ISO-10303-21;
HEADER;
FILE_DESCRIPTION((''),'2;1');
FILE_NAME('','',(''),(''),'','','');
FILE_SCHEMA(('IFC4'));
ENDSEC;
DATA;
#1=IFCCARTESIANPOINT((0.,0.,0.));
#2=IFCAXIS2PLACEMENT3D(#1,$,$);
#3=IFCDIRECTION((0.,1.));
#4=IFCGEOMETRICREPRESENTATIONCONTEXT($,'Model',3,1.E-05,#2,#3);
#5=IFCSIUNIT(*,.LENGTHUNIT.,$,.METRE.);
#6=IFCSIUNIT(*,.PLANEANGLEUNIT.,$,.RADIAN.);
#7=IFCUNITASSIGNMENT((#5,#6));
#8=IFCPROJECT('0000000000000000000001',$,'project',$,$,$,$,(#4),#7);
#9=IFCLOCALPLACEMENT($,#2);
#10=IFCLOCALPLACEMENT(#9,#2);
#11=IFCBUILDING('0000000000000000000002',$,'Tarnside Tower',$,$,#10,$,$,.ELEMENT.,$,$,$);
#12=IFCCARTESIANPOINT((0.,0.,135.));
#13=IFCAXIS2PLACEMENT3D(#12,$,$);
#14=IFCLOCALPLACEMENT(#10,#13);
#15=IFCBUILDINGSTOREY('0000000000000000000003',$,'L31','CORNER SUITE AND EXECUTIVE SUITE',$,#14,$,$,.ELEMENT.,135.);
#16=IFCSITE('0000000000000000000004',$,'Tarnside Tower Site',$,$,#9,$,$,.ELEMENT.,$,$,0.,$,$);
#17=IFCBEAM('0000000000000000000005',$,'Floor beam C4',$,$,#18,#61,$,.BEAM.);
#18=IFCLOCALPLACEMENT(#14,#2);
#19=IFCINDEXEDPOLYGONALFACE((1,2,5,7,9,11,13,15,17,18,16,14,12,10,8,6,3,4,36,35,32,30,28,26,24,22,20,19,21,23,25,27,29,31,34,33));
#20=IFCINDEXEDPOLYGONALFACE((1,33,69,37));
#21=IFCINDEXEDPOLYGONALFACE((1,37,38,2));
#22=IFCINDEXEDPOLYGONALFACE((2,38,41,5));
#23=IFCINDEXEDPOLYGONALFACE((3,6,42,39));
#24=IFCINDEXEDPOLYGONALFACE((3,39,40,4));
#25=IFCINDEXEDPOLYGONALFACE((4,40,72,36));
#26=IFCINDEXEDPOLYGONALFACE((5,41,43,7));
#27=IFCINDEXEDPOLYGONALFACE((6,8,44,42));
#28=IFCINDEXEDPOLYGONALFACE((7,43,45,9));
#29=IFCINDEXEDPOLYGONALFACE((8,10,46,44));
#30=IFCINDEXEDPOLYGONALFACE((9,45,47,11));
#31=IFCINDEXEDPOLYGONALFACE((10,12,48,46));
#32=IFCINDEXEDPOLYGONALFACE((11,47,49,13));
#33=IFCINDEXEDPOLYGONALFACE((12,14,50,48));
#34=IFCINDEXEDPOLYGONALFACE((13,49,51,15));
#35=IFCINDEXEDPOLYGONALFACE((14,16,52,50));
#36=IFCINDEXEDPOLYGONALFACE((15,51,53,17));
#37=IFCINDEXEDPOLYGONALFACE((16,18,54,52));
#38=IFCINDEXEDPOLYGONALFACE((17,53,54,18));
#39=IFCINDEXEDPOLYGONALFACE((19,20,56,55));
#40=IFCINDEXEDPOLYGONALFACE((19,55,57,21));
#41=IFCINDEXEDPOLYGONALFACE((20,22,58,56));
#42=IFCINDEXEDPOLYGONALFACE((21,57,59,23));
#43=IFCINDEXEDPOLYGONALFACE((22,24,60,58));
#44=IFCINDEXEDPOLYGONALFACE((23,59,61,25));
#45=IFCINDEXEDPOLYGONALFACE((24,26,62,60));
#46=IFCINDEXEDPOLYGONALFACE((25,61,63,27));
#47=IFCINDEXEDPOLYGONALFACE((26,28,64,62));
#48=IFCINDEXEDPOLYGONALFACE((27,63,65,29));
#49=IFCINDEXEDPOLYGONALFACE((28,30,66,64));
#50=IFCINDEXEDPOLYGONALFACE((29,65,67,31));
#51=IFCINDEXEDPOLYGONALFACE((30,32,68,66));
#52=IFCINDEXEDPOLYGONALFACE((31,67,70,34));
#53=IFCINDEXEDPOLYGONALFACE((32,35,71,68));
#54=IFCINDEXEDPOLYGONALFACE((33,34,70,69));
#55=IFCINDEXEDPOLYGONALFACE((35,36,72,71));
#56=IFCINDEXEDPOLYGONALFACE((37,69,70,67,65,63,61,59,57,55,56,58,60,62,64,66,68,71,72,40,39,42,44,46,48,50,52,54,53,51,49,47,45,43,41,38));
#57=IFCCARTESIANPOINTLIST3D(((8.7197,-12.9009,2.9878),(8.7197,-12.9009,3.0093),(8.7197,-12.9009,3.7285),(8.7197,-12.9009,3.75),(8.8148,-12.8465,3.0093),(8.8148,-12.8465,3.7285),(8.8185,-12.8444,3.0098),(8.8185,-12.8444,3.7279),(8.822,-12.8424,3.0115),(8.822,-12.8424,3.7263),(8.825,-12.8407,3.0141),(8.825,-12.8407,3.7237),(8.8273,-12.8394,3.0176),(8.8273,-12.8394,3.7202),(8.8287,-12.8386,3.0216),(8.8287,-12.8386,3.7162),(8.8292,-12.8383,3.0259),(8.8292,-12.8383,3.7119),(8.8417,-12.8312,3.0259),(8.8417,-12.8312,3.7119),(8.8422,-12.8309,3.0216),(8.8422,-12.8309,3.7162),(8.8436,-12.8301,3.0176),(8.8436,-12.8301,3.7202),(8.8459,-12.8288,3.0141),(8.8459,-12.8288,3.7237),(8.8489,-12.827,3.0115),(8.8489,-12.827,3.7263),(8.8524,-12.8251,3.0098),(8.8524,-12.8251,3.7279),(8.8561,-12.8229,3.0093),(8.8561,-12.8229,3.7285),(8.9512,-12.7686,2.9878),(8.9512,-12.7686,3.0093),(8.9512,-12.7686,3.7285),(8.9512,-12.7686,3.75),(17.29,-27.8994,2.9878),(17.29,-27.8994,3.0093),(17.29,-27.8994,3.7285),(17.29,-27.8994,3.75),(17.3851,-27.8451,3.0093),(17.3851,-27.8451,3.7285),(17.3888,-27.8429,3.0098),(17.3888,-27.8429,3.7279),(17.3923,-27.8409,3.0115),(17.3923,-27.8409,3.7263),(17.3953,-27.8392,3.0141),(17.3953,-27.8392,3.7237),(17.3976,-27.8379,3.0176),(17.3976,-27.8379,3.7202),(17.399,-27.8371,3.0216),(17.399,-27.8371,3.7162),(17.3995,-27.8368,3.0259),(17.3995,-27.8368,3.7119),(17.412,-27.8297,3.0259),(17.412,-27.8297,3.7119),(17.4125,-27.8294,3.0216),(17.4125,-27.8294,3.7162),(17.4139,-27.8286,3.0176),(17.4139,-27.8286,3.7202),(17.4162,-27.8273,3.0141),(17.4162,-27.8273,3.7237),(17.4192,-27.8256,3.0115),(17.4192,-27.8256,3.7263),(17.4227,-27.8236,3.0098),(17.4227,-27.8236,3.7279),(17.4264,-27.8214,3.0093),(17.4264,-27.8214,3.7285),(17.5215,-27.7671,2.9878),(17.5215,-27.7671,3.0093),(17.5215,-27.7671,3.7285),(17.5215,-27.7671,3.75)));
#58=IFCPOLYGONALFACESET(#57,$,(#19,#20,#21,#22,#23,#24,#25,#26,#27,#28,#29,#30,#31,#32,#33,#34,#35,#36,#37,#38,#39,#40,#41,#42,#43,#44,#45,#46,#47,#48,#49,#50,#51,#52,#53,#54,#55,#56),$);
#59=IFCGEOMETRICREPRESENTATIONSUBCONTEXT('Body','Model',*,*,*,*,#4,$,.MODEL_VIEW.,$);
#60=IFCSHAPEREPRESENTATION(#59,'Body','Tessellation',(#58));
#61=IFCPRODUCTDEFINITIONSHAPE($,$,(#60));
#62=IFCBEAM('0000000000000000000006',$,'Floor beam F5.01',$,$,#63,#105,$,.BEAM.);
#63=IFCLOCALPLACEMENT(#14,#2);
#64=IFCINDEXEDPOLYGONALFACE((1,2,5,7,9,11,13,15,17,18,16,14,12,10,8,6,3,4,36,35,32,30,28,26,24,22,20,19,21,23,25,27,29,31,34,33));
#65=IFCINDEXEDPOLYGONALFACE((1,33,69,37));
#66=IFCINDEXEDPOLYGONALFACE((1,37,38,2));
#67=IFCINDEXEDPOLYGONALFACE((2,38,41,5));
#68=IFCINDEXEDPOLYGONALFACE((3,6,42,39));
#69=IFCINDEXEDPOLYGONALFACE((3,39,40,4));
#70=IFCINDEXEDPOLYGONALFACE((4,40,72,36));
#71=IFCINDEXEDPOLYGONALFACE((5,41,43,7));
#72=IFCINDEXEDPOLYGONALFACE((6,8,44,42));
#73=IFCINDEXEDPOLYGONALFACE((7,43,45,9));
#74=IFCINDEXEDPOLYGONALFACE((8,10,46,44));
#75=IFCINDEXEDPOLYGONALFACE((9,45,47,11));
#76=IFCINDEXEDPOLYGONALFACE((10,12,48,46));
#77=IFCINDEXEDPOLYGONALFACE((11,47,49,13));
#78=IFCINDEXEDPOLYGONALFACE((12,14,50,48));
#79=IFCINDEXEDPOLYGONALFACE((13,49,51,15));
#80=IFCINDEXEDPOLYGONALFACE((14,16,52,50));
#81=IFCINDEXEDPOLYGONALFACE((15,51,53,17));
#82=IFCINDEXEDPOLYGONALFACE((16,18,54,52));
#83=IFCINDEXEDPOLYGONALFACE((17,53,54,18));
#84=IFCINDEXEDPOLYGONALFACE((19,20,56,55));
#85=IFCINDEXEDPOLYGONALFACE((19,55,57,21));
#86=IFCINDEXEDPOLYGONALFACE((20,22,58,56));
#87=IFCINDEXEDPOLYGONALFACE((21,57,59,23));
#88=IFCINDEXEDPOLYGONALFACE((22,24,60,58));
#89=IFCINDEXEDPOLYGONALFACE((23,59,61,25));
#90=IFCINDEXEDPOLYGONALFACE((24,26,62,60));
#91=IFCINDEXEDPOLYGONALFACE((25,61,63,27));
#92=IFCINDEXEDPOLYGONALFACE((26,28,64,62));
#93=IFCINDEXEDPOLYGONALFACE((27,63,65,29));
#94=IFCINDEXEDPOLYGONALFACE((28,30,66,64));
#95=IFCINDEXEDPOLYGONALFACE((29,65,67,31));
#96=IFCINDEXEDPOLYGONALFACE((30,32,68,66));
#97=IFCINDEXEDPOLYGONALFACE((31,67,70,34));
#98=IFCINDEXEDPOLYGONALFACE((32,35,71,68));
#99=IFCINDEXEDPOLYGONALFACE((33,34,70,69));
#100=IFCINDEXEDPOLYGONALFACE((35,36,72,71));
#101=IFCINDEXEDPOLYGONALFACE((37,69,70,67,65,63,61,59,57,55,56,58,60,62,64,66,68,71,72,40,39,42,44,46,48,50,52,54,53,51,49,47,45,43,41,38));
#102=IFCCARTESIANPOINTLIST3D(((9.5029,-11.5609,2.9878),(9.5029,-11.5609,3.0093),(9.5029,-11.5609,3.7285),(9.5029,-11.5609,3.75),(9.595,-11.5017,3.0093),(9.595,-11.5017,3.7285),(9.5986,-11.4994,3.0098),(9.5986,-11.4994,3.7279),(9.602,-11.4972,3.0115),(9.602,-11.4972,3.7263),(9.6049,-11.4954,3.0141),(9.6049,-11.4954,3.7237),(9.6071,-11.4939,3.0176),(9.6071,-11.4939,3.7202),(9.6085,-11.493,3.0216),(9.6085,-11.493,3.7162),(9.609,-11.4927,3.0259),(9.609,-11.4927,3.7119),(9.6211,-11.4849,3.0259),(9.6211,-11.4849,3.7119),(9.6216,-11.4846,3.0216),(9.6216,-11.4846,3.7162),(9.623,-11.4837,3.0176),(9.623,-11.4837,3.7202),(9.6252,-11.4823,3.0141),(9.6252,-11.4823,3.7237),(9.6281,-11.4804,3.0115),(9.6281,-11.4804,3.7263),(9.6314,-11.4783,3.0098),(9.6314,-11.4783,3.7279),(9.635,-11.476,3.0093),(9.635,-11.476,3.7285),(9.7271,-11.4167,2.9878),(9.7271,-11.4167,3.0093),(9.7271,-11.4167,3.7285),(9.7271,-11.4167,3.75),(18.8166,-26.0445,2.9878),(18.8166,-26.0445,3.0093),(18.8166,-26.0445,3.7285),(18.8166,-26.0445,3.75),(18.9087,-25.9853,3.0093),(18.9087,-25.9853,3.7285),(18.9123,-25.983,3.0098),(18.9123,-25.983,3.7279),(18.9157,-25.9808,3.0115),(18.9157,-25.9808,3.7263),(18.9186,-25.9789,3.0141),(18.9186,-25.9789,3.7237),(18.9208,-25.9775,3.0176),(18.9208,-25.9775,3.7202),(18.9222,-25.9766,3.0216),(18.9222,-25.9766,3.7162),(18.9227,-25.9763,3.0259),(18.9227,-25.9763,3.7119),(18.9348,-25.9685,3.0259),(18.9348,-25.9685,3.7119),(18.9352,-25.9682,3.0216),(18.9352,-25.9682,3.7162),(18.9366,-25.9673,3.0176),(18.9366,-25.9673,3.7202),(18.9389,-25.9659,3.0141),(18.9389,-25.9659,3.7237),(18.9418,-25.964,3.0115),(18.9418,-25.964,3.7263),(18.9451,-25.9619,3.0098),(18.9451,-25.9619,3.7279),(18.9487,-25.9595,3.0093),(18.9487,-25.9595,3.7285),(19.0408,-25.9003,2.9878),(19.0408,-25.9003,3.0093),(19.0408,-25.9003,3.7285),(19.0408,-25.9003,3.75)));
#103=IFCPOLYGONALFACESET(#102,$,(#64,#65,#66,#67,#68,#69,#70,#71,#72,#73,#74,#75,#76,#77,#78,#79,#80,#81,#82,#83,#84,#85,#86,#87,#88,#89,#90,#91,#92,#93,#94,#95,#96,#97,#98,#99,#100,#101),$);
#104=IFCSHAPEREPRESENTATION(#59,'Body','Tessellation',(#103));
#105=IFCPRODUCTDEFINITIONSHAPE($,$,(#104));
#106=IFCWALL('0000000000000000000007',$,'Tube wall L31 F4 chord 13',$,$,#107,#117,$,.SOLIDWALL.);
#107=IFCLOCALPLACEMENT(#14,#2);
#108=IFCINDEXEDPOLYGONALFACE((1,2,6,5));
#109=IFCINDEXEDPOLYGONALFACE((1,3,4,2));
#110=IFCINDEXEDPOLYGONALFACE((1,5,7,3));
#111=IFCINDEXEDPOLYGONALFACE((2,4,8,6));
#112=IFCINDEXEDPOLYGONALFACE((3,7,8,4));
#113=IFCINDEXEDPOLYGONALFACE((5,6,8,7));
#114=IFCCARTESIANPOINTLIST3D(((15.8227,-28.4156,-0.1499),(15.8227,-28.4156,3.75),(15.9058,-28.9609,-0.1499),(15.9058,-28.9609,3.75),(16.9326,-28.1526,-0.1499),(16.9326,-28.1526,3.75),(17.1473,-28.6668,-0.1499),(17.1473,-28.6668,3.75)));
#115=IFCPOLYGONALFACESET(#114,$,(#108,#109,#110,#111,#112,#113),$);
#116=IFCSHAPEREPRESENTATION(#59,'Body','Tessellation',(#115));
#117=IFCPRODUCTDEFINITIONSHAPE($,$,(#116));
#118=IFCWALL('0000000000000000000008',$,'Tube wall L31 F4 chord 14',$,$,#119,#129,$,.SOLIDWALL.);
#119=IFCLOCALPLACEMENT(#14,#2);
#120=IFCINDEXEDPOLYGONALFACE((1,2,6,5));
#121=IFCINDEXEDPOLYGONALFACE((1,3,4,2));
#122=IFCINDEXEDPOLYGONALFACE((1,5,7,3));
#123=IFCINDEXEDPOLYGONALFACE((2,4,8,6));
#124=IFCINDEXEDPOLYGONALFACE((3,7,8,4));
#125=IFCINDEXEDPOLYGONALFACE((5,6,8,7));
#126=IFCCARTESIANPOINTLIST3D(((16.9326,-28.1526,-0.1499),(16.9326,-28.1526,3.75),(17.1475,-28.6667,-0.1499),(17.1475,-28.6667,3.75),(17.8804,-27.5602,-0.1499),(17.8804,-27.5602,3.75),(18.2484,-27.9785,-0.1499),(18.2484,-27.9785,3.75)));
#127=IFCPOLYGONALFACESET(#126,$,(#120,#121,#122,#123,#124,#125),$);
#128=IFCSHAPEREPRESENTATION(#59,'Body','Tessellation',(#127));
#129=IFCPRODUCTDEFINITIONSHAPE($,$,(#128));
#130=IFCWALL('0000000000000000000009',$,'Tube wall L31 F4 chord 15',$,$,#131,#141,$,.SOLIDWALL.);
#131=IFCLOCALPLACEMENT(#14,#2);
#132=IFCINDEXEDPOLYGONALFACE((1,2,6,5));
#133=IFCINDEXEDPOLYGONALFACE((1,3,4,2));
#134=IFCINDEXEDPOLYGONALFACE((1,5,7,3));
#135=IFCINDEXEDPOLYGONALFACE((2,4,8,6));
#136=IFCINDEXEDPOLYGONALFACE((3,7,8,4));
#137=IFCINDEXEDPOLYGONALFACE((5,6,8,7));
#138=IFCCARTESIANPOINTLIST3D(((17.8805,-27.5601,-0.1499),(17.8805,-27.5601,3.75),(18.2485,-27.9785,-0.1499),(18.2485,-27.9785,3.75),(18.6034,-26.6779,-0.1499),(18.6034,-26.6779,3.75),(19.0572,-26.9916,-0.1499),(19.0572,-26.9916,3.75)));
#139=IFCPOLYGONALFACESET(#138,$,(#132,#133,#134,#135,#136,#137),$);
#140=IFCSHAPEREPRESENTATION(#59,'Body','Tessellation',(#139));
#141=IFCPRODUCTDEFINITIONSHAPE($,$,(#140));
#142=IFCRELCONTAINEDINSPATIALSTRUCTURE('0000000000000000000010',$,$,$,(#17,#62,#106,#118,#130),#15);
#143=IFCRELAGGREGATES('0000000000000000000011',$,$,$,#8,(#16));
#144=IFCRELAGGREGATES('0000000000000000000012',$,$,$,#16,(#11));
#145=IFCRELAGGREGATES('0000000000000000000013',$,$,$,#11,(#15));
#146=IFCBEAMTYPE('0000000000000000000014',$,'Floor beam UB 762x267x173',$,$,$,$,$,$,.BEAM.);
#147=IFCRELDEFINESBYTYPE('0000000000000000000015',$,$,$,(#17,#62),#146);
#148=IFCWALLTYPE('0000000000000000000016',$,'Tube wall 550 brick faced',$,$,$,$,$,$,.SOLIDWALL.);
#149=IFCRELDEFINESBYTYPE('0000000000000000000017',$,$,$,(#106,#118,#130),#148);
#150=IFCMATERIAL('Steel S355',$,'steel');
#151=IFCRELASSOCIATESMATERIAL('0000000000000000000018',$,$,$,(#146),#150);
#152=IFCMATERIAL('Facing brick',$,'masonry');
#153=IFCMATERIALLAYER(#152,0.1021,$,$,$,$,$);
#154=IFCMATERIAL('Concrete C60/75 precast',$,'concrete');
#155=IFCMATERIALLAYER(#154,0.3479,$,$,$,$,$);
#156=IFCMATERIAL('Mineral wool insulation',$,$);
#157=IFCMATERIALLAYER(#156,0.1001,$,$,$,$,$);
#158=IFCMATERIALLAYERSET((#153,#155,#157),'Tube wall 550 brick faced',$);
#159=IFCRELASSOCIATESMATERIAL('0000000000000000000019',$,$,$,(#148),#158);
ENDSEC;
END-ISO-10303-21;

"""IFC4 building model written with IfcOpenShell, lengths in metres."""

from ifc_helpers import new_model, si_unit, direction, frame, origin, origin_2d, place, context, subcontext, project, spatial, polyline, i_section, outline, extrude, material, layer, layer_set, material_profile, profile_set, type_object, element, save


model = new_model("IFC4")

# Units and contexts
model_context = context("Model", 3, precision=1e-05, world=origin(), true_north=direction((0.0, 1.0)))
body_context = subcontext(model_context, "Body", "Model", "MODEL_VIEW")
ifc_project = project(units=[si_unit("LENGTHUNIT", "METRE"), si_unit("PLANEANGLEUNIT", "RADIAN")], contexts=[model_context])

# Site, building, storey
site_placement = place(None, origin())
site = spatial("IfcSite", under=ifc_project, at=site_placement, Name="Tarnside Tower Site", CompositionType="ELEMENT", RefElevation=0.0)
building_placement = place(site_placement, origin())
building = spatial("IfcBuilding", under=site, at=building_placement, Name="Tarnside Tower", CompositionType="ELEMENT")
storey_placement = place(building_placement, frame((0.0, 0.0, 135.0)))
storey = spatial("IfcBuildingStorey", under=building, at=storey_placement, Name="L31", Description="CORNER SUITE AND EXECUTIVE SUITE", CompositionType="ELEMENT", Elevation=135.0)

# Beams
ifc_material_1 = material(Name="Steel S355", Category="steel")
ifc_material_profile = material_profile(ifc_material_1, i_section(OverallWidth=0.2666, OverallDepth=0.7622, WebThickness=0.0144, FlangeThickness=0.0215, FilletRadius=0.0166, at=origin_2d()), Name="UB 762x267x173")
ifc_profile_set = profile_set([ifc_material_profile], Name="Steel S355")
beam_type = type_object("IfcBeamType", Name="Floor beam UB 762x267x173", PredefinedType="BEAM", material=ifc_profile_set)
beam_1_placement = place(storey_placement, frame((17.4058, -27.8333, 3.3689), z_axis=(-0.496127, 0.86825, 0.0), x_axis=(-0.86825, -0.496127, 0.0)))
element("IfcBeam", 1, at=beam_1_placement, inside=storey, type_object=beam_type, Name="Floor beam C4", PredefinedType="BEAM", context=body_context, shape_type="SweptSolid", body=[
    extrude(i_section(OverallWidth=0.2666, OverallDepth=0.7622, WebThickness=0.0144, FlangeThickness=0.0215, FilletRadius=0.0166, at=origin_2d()), origin(), (0.0, 0.0, 1.0), 17.2744),
])
beam_2_placement = place(storey_placement, frame((18.9287, -25.9724, 3.3689), z_axis=(-0.540873, 0.841104, 0.0), x_axis=(-0.841104, -0.540873, 0.0)))
element("IfcBeam", 2, at=beam_2_placement, inside=storey, type_object=beam_type, Name="Floor beam F5.01", PredefinedType="BEAM", context=body_context, shape_type="SweptSolid", body=[
    extrude(i_section(OverallWidth=0.2666, OverallDepth=0.7622, WebThickness=0.0144, FlangeThickness=0.0215, FilletRadius=0.0166, at=origin_2d()), origin(), (0.0, 0.0, 1.0), 17.2197),
])

# Walls
ifc_material_2 = material(Name="Facing brick", Category="masonry")
ifc_layer_1 = layer(ifc_material_2, 0.1021)
ifc_material_3 = material(Name="Concrete C60/75 precast", Category="concrete")
ifc_layer_2 = layer(ifc_material_3, 0.3479)
ifc_material_4 = material(Name="Mineral wool insulation")
ifc_layer_3 = layer(ifc_material_4, 0.1001)
ifc_layer_set_1 = layer_set([ifc_layer_1, ifc_layer_2, ifc_layer_3], Name="Tube wall 550 brick faced")
wall_type = type_object("IfcWallType", Name="Tube wall 550 brick faced", PredefinedType="SOLIDWALL", material=ifc_layer_set_1)
wall_1_placement = place(storey_placement, frame((15.8643, -28.6882, -0.1499), z_axis=(0.0, 0.0, 1.0), x_axis=(0.973064, 0.230537, 0.0)))
element("IfcWall", 3, at=wall_1_placement, inside=storey, type_object=wall_type, Name="Tube wall L31 F4 chord 13", PredefinedType="SOLIDWALL", context=body_context, shape_type="SweptSolid", body=[
    extrude(outline(polyline([(-0.0225, -0.2749), (1.2534, -0.2749), (1.1631, 0.2749), (0.0225, 0.2749), (-0.0225, -0.2749)])), origin(), (0.0, 0.0, 1.0), 3.8999),
])
wall_2_placement = place(storey_placement, frame((17.04, -28.4097, -0.1499), z_axis=(0.0, 0.0, 1.0), x_axis=(0.847953, 0.530072, 0.0)))
element("IfcWall", 4, at=wall_2_placement, inside=storey, type_object=wall_type, Name="Tube wall L31 F4 chord 14", PredefinedType="SOLIDWALL", context=body_context, shape_type="SweptSolid", body=[
    extrude(outline(polyline([(-0.0452, -0.2749), (1.2532, -0.2749), (1.1628, 0.2749), (0.0452, 0.2749), (-0.0452, -0.2749)])), origin(), (0.0, 0.0, 1.0), 3.8999),
])
wall_3_placement = place(storey_placement, frame((18.0645, -27.7693, -0.1499), z_axis=(0.0, 0.0, 1.0), x_axis=(0.633843, 0.773462, 0.0)))
element("IfcWall", 5, at=wall_3_placement, inside=storey, type_object=wall_type, Name="Tube wall L31 F4 chord 15", PredefinedType="SOLIDWALL", context=body_context, shape_type="SweptSolid", body=[
    extrude(outline(polyline([(-0.0452, -0.2749), (1.2307, -0.2749), (1.1858, 0.2749), (0.0452, 0.2749), (-0.0452, -0.2749)])), origin(), (0.0, 0.0, 1.0), 3.8999),
])

save(model, "model.ifc")
